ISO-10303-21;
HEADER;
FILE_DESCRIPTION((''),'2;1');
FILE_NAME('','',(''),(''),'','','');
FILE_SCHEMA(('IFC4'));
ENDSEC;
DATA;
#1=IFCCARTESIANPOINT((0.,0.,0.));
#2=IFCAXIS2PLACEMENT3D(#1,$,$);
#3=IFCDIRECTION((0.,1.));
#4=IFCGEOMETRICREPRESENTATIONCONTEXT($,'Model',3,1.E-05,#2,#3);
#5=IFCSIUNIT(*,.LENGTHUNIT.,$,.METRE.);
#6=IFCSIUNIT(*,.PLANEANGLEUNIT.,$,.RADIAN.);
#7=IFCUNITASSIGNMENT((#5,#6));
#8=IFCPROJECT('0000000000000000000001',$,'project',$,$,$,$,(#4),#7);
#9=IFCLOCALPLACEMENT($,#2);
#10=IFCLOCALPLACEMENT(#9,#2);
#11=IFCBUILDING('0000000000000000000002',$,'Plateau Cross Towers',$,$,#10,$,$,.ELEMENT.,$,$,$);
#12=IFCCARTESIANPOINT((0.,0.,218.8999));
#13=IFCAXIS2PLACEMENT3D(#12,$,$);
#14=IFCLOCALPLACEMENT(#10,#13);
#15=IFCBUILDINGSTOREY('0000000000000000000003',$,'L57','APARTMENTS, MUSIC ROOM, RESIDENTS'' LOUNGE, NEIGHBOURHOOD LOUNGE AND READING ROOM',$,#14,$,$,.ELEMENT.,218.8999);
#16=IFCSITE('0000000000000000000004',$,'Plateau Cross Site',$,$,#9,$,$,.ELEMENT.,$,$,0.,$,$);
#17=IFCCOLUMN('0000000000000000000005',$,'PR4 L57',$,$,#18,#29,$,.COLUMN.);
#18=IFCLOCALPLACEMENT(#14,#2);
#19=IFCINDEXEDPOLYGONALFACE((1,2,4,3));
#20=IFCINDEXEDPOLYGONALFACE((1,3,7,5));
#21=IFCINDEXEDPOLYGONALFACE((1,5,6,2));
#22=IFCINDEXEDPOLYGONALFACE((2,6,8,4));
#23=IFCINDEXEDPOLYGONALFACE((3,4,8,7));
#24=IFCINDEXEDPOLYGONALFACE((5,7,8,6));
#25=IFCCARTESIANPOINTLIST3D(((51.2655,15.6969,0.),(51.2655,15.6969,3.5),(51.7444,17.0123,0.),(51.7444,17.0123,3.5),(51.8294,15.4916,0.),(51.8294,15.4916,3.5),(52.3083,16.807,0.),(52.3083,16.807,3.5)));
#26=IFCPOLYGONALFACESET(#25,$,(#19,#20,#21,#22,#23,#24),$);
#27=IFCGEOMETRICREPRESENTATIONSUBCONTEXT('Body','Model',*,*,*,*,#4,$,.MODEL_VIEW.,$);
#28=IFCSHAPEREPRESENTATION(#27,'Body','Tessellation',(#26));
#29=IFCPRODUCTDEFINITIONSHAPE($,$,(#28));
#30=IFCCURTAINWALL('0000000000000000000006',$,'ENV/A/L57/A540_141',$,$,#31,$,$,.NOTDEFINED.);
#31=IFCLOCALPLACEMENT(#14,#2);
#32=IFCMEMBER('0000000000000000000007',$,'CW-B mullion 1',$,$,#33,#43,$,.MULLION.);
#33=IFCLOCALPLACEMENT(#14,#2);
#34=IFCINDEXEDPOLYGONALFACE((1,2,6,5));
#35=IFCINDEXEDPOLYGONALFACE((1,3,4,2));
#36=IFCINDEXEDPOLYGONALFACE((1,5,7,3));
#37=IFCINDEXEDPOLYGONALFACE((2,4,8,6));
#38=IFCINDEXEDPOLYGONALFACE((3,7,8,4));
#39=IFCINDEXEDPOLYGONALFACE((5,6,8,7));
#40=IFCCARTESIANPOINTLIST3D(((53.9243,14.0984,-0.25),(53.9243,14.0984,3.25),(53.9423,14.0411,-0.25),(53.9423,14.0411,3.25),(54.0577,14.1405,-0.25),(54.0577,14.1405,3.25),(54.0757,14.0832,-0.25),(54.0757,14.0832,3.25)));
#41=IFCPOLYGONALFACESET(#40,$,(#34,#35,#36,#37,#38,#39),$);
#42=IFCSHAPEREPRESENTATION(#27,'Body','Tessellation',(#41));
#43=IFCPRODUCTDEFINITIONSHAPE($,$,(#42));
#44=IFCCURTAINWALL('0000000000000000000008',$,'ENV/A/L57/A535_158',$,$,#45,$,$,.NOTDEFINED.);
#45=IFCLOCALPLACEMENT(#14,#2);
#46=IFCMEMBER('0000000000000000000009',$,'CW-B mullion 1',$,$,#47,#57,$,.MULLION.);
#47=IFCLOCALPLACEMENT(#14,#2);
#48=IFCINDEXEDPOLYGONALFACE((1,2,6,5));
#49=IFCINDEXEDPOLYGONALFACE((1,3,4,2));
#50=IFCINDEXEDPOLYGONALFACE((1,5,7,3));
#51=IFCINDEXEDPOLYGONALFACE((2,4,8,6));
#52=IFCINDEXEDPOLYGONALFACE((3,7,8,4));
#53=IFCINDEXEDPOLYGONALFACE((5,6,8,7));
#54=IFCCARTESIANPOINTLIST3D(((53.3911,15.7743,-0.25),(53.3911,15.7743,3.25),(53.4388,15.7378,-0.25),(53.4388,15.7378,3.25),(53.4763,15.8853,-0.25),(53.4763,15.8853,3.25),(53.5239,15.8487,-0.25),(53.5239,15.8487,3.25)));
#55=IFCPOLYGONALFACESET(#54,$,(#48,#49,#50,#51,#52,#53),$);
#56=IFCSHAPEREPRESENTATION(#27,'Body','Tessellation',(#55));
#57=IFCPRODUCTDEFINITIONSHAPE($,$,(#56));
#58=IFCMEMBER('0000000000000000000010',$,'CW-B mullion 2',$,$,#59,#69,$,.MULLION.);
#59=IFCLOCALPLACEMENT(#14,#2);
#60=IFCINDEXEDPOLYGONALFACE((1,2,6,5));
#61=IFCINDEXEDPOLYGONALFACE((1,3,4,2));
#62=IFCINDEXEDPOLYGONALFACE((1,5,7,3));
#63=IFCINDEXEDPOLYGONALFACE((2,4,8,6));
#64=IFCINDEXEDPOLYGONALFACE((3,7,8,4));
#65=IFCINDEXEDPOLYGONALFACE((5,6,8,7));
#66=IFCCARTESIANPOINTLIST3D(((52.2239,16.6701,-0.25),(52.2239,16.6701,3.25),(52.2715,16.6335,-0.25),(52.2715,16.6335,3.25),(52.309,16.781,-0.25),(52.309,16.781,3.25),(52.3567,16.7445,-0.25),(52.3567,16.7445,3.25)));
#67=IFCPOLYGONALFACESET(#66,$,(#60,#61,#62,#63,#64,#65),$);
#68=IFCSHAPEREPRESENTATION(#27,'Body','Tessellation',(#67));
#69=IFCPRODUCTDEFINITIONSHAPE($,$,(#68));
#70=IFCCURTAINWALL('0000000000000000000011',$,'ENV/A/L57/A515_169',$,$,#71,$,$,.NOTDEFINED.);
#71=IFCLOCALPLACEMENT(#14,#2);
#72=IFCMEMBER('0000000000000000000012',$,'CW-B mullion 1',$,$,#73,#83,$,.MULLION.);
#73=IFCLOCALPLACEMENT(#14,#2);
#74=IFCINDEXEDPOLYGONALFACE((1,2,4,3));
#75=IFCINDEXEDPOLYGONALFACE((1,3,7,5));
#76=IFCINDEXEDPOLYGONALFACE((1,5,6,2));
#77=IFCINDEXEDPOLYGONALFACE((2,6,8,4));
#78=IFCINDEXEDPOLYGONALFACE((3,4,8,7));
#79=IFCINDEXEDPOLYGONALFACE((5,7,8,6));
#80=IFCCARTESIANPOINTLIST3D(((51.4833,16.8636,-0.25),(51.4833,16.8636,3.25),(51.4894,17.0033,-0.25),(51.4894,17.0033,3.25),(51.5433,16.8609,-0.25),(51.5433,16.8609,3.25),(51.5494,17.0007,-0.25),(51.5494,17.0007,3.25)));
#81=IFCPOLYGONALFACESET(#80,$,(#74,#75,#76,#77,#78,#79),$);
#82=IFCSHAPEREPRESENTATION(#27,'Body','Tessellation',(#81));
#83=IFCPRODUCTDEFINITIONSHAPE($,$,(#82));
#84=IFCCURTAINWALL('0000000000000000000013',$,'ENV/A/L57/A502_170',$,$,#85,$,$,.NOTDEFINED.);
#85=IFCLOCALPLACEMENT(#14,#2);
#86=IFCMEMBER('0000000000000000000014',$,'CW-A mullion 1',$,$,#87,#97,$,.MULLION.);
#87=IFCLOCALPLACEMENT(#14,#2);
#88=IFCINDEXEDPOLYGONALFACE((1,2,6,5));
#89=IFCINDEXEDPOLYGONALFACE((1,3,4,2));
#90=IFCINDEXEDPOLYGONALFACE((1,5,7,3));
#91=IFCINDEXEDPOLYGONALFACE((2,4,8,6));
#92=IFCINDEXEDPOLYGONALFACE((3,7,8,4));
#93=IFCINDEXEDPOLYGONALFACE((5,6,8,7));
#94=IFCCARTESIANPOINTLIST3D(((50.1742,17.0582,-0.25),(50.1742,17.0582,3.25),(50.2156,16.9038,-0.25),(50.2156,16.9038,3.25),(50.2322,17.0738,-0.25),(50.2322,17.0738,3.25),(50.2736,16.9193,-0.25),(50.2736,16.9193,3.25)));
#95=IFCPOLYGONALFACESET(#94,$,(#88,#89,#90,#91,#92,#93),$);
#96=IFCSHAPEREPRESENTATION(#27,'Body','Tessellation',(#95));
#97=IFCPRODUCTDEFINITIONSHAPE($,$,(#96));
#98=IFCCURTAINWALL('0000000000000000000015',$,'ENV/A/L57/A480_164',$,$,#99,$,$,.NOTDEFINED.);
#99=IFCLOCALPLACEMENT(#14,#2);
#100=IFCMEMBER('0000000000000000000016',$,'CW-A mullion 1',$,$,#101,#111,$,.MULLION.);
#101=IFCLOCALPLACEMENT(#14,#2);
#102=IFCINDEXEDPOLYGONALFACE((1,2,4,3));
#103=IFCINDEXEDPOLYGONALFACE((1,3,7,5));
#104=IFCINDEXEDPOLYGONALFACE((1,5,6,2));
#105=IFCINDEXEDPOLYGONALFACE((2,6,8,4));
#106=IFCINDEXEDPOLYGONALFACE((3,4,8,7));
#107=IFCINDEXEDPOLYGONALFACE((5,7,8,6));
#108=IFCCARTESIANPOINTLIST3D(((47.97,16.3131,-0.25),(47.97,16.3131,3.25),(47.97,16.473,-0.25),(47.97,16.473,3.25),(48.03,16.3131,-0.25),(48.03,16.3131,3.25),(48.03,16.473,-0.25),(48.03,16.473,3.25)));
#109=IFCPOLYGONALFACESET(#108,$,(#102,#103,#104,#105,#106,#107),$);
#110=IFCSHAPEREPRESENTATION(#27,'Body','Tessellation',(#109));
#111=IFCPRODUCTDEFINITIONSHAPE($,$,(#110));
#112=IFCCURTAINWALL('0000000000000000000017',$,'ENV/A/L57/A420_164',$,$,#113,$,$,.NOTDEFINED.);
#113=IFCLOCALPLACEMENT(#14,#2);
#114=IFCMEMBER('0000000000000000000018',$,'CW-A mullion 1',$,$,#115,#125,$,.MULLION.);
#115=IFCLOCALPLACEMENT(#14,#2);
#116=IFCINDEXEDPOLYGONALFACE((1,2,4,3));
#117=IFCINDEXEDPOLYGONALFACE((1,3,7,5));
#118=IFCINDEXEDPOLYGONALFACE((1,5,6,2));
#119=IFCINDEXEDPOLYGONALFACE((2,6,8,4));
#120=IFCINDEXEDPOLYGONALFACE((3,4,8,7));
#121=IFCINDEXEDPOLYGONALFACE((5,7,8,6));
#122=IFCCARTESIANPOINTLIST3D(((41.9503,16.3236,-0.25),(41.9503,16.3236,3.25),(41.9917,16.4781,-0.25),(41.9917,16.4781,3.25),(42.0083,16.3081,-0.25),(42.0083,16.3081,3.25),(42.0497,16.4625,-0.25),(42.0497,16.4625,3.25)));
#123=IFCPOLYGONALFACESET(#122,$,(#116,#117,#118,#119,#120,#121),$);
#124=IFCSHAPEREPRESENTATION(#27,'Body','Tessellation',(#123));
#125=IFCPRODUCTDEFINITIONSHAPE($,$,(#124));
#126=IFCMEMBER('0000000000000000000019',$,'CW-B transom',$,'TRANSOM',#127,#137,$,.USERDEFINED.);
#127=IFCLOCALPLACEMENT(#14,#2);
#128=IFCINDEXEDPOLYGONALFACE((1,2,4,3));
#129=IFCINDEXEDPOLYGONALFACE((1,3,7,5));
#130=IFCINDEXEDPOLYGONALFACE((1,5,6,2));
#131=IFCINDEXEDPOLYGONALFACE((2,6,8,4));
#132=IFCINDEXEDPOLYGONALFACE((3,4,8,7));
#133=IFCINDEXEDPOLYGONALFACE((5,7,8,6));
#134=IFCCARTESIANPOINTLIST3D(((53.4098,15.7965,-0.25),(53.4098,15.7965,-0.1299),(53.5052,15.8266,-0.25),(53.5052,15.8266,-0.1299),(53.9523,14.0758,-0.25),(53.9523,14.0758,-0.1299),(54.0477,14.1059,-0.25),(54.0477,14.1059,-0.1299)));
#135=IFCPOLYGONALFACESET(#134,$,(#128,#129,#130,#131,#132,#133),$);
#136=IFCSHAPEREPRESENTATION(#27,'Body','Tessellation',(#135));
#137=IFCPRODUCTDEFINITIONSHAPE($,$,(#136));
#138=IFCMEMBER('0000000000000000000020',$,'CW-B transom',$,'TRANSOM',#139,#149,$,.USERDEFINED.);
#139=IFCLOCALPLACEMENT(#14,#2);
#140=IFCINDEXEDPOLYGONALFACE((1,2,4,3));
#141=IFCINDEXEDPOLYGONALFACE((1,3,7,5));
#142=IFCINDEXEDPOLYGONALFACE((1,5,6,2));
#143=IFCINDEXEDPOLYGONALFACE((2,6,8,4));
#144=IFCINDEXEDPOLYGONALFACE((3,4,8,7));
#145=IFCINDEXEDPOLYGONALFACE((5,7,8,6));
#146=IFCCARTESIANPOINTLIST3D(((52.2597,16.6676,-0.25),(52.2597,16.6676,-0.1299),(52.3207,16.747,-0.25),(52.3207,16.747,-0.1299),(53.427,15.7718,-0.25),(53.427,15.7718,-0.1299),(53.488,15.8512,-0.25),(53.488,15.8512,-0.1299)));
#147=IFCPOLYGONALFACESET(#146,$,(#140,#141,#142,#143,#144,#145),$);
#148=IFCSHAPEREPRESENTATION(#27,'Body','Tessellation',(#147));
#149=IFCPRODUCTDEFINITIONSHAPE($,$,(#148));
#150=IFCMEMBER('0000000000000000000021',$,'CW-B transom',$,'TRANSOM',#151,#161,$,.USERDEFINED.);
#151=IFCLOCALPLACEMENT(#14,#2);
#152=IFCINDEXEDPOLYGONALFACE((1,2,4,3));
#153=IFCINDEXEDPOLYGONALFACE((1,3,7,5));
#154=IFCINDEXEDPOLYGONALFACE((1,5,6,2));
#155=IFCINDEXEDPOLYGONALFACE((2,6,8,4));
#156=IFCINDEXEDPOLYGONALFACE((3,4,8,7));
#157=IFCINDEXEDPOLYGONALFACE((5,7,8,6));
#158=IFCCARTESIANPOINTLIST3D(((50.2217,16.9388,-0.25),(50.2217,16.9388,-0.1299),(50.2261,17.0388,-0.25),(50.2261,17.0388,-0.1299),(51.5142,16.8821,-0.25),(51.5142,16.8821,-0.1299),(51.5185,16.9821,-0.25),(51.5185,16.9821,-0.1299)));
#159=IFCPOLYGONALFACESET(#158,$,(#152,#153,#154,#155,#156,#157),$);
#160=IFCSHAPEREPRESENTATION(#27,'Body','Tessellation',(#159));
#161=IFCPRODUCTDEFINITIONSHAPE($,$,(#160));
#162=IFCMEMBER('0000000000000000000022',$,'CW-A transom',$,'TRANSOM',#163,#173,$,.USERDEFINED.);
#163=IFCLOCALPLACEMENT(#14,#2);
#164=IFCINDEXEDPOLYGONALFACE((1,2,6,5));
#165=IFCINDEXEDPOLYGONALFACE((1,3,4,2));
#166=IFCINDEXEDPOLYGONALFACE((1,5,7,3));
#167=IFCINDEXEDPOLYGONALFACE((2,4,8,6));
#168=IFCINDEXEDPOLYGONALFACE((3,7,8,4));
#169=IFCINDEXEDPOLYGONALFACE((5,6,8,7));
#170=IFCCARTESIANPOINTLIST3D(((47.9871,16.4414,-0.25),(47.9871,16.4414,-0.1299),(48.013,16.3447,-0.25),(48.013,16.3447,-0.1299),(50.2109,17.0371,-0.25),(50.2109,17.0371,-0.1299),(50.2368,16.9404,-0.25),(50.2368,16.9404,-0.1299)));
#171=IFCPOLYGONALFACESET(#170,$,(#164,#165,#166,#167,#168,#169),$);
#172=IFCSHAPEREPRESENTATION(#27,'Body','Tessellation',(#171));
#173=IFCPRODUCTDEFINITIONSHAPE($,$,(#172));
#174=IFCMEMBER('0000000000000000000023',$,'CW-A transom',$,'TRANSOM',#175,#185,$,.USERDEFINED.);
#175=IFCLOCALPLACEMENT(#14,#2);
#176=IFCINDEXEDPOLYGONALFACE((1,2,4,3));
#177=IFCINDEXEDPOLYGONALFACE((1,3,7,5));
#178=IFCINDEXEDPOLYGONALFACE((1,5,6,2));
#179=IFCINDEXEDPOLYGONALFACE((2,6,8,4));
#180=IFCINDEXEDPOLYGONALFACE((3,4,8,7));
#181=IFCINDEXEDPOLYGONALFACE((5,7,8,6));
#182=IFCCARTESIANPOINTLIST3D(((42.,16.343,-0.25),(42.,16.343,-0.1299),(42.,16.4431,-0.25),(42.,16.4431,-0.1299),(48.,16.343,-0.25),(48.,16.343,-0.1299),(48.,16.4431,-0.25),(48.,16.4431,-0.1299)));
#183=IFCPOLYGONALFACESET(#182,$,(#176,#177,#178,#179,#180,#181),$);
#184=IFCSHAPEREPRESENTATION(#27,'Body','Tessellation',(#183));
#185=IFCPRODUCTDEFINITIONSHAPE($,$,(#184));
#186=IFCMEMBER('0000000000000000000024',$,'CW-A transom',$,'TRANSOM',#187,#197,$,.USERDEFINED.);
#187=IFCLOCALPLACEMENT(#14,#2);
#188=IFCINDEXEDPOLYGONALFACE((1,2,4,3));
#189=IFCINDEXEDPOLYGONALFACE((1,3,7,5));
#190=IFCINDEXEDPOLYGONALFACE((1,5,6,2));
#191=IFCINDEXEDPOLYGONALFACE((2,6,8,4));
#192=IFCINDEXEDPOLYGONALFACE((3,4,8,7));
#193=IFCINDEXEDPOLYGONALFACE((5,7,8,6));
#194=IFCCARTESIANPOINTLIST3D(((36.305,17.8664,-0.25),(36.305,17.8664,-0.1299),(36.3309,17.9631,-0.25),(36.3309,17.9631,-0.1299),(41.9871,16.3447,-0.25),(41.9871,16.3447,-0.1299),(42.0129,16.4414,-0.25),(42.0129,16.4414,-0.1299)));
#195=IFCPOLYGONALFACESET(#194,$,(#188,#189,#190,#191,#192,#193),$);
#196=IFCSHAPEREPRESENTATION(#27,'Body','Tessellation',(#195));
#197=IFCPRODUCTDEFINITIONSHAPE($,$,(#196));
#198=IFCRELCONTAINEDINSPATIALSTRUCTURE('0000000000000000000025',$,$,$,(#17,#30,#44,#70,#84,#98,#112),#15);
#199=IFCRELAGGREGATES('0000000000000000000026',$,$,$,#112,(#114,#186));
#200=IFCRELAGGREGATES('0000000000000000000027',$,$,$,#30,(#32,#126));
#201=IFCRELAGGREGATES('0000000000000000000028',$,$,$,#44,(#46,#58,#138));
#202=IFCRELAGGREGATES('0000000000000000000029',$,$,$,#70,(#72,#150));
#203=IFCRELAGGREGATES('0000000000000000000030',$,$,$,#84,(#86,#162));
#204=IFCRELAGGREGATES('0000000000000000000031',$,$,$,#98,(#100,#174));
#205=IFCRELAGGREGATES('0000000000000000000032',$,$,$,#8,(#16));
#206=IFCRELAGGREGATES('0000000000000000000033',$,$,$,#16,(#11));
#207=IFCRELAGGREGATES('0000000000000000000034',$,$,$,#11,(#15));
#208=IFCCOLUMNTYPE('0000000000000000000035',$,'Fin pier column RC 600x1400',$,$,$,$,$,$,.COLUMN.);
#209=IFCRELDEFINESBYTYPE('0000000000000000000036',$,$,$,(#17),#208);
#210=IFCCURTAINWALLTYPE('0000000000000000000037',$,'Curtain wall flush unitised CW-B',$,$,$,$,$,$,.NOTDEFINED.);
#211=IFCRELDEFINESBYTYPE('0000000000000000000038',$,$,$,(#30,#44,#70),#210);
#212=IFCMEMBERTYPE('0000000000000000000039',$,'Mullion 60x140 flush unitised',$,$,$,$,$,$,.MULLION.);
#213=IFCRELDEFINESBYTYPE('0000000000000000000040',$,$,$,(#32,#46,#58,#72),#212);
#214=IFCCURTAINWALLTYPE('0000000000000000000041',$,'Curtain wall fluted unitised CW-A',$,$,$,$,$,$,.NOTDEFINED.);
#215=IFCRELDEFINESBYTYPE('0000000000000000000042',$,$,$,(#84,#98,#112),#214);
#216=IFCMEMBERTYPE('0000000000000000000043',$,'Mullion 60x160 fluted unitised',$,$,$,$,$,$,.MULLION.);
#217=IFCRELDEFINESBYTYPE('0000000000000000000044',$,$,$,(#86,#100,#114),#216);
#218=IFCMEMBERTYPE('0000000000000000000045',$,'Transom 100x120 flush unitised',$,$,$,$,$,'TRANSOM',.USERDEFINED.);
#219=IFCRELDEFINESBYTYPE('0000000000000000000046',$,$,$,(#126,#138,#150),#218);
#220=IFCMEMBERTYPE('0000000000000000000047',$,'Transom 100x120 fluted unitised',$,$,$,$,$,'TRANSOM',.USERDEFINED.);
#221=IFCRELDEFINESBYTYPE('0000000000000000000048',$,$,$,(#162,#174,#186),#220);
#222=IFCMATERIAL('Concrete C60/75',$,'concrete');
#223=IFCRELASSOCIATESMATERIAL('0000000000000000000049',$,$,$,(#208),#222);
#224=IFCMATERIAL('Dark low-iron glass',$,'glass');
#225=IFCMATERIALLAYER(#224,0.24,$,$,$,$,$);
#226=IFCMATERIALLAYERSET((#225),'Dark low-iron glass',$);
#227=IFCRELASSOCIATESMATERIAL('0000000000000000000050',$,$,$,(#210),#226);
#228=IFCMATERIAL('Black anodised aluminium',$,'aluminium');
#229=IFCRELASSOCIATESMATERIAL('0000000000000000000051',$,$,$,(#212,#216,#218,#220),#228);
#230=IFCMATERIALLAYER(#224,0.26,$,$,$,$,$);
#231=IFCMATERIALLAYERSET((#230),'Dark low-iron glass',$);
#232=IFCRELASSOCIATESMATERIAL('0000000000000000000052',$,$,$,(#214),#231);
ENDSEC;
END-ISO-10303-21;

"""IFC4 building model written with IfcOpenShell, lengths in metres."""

from ifc_helpers import new_model, si_unit, direction, frame, origin, origin_2d, place, context, subcontext, project, spatial, rectangle, extrude, material, layer, layer_set, material_profile, profile_set, type_object, element, aggregate, save


model = new_model("IFC4")

# Units and contexts
model_context = context("Model", 3, precision=1e-05, world=origin(), true_north=direction((0.0, 1.0)))
body_context = subcontext(model_context, "Body", "Model", "MODEL_VIEW")
ifc_project = project(units=[si_unit("LENGTHUNIT", "METRE"), si_unit("PLANEANGLEUNIT", "RADIAN")], contexts=[model_context])

# Site, building, storey
site_placement = place(None, origin())
site = spatial("IfcSite", under=ifc_project, at=site_placement, Name="Plateau Cross Site", CompositionType="ELEMENT", RefElevation=0.0)
building_placement = place(site_placement, origin())
building = spatial("IfcBuilding", under=site, at=building_placement, Name="Plateau Cross Towers", CompositionType="ELEMENT")
storey_placement = place(building_placement, frame((0.0, 0.0, 218.8999)))
storey = spatial("IfcBuildingStorey", under=building, at=storey_placement, Name="L57", Description="APARTMENTS, MUSIC ROOM, RESIDENTS' LOUNGE, NEIGHBOURHOOD LOUNGE AND READING ROOM", CompositionType="ELEMENT", Elevation=218.8999)

# Column
ifc_material_1 = material(Name="Concrete C60/75", Category="concrete")
ifc_material_profile_1 = material_profile(ifc_material_1, rectangle(XDim=0.6001, YDim=1.3999, at=origin_2d()), Name="RC 600x1400")
ifc_profile_set_1 = profile_set([ifc_material_profile_1], Name="Concrete C60/75")
column_type = type_object("IfcColumnType", Name="Fin pier column RC 600x1400", PredefinedType="COLUMN", material=ifc_profile_set_1)
column_placement = place(storey_placement, frame((51.7869, 16.252, 0.0), z_axis=(0.0, 0.0, 1.0), x_axis=(-0.939664, 0.342098, 0.0)))
element("IfcColumn", 1, at=column_placement, inside=storey, type_object=column_type, Name="PR4 L57", PredefinedType="COLUMN", context=body_context, shape_type="SweptSolid", body=[
    extrude(rectangle(XDim=0.6001, YDim=1.3999, at=origin_2d()), origin(), (0.0, 0.0, 1.0), 3.5),
])

# Curtain wall, member
ifc_material_2 = material(Name="Dark low-iron glass", Category="glass")
ifc_layer_1 = layer(ifc_material_2, 0.24)
ifc_layer_set_1 = layer_set([ifc_layer_1], Name="Dark low-iron glass")
curtain_wall_type_1 = type_object("IfcCurtainWallType", Name="Curtain wall flush unitised CW-B", PredefinedType="NOTDEFINED", material=ifc_layer_set_1)
curtain_wall_1_placement = place(storey_placement, origin())
curtain_wall_1 = element("IfcCurtainWall", 2, at=curtain_wall_1_placement, inside=storey, type_object=curtain_wall_type_1, Name="ENV/A/L57/A540_141", PredefinedType="NOTDEFINED")
ifc_material_3 = material(Name="Black anodised aluminium", Category="aluminium")
ifc_material_profile_2 = material_profile(ifc_material_3, rectangle(XDim=0.0601, YDim=0.1399, at=origin_2d()), Name="MULLION 60x140")
ifc_profile_set_2 = profile_set([ifc_material_profile_2], Name="Black anodised aluminium")
member_type_1 = type_object("IfcMemberType", Name="Mullion 60x140 flush unitised", PredefinedType="MULLION", material=ifc_profile_set_2)
member_1_placement = place(storey_placement, frame((54.0, 14.0908, -0.25), z_axis=(0.0, 0.0, 1.0), x_axis=(-0.300686, 0.953723, 0.0)))
member_1 = element("IfcMember", 3, at=member_1_placement, type_object=member_type_1, Name="CW-B mullion 1", PredefinedType="MULLION", context=body_context, shape_type="SweptSolid", body=[
    extrude(rectangle(XDim=0.0601, YDim=0.1399, at=origin_2d()), origin(), (0.0, 0.0, 1.0), 3.5),
])

# Curtain wall, members
curtain_wall_2_placement = place(storey_placement, origin())
curtain_wall_2 = element("IfcCurtainWall", 4, at=curtain_wall_2_placement, inside=storey, type_object=curtain_wall_type_1, Name="ENV/A/L57/A535_158", PredefinedType="NOTDEFINED")
member_2_placement = place(storey_placement, frame((53.4575, 15.8115, -0.25), z_axis=(0.0, 0.0, 1.0), x_axis=(-0.793316, 0.608811, 0.0)))
member_2 = element("IfcMember", 5, at=member_2_placement, type_object=member_type_1, Name="CW-B mullion 1", PredefinedType="MULLION", context=body_context, shape_type="SweptSolid", body=[
    extrude(rectangle(XDim=0.0601, YDim=0.1399, at=origin_2d()), origin(), (0.0, 0.0, 1.0), 3.5),
])
member_3_placement = place(storey_placement, frame((52.2903, 16.7073, -0.25), z_axis=(0.0, 0.0, 1.0), x_axis=(-0.793316, 0.608811, 0.0)))
member_3 = element("IfcMember", 6, at=member_3_placement, type_object=member_type_1, Name="CW-B mullion 2", PredefinedType="MULLION", context=body_context, shape_type="SweptSolid", body=[
    extrude(rectangle(XDim=0.0601, YDim=0.1399, at=origin_2d()), origin(), (0.0, 0.0, 1.0), 3.5),
])

# Curtain walls, members
curtain_wall_3_placement = place(storey_placement, origin())
curtain_wall_3 = element("IfcCurtainWall", 7, at=curtain_wall_3_placement, inside=storey, type_object=curtain_wall_type_1, Name="ENV/A/L57/A515_169", PredefinedType="NOTDEFINED")
member_4_placement = place(storey_placement, frame((51.5164, 16.9321, -0.25), z_axis=(0.0, 0.0, 1.0), x_axis=(-0.999044, 0.043723, 0.0)))
member_4 = element("IfcMember", 8, at=member_4_placement, type_object=member_type_1, Name="CW-B mullion 1", PredefinedType="MULLION", context=body_context, shape_type="SweptSolid", body=[
    extrude(rectangle(XDim=0.0601, YDim=0.1399, at=origin_2d()), origin(), (0.0, 0.0, 1.0), 3.5),
])
ifc_layer_2 = layer(ifc_material_2, 0.26)
ifc_layer_set_2 = layer_set([ifc_layer_2], Name="Dark low-iron glass")
curtain_wall_type_2 = type_object("IfcCurtainWallType", Name="Curtain wall fluted unitised CW-A", PredefinedType="NOTDEFINED", material=ifc_layer_set_2)
curtain_wall_4_placement = place(storey_placement, origin())
curtain_wall_4 = element("IfcCurtainWall", 9, at=curtain_wall_4_placement, inside=storey, type_object=curtain_wall_type_2, Name="ENV/A/L57/A502_170", PredefinedType="NOTDEFINED")
ifc_material_profile_3 = material_profile(ifc_material_3, rectangle(XDim=0.0601, YDim=0.1599, at=origin_2d()), Name="MULLION 60x160")
ifc_profile_set_3 = profile_set([ifc_material_profile_3], Name="Black anodised aluminium")
member_type_2 = type_object("IfcMemberType", Name="Mullion 60x160 fluted unitised", PredefinedType="MULLION", material=ifc_profile_set_3)
member_5_placement = place(storey_placement, frame((50.2239, 16.9888, -0.25), z_axis=(0.0, 0.0, 1.0), x_axis=(-0.965958, -0.258699, 0.0)))
member_5 = element("IfcMember", 10, at=member_5_placement, type_object=member_type_2, Name="CW-A mullion 1", PredefinedType="MULLION", context=body_context, shape_type="SweptSolid", body=[
    extrude(rectangle(XDim=0.0601, YDim=0.1599, at=origin_2d()), origin(), (0.0, 0.0, 1.0), 3.5),
])
curtain_wall_5_placement = place(storey_placement, origin())
curtain_wall_5 = element("IfcCurtainWall", 11, at=curtain_wall_5_placement, inside=storey, type_object=curtain_wall_type_2, Name="ENV/A/L57/A480_164", PredefinedType="NOTDEFINED")
member_6_placement = place(storey_placement, frame((48.0, 16.3931, -0.25), z_axis=(0.0, 0.0, 1.0), x_axis=(-1.0, 0.0, 0.0)))
member_6 = element("IfcMember", 12, at=member_6_placement, type_object=member_type_2, Name="CW-A mullion 1", PredefinedType="MULLION", context=body_context, shape_type="SweptSolid", body=[
    extrude(rectangle(XDim=0.0601, YDim=0.1599, at=origin_2d()), origin(), (0.0, 0.0, 1.0), 3.5),
])
curtain_wall_6_placement = place(storey_placement, origin())
curtain_wall_6 = element("IfcCurtainWall", 13, at=curtain_wall_6_placement, inside=storey, type_object=curtain_wall_type_2, Name="ENV/A/L57/A420_164", PredefinedType="NOTDEFINED")
member_7_placement = place(storey_placement, frame((42.0, 16.3931, -0.25), z_axis=(0.0, 0.0, 1.0), x_axis=(-0.965958, 0.258699, 0.0)))
member_7 = element("IfcMember", 14, at=member_7_placement, type_object=member_type_2, Name="CW-A mullion 1", PredefinedType="MULLION", context=body_context, shape_type="SweptSolid", body=[
    extrude(rectangle(XDim=0.0601, YDim=0.1599, at=origin_2d()), origin(), (0.0, 0.0, 1.0), 3.5),
])

# Members
ifc_material_profile_4 = material_profile(ifc_material_3, rectangle(XDim=0.1001, YDim=0.1201, at=origin_2d()), Name="TRANSOM 100x120")
ifc_profile_set_4 = profile_set([ifc_material_profile_4], Name="Black anodised aluminium")
member_type_3 = type_object("IfcMemberType", Name="Transom 100x120 flush unitised", ElementType="TRANSOM", PredefinedType="USERDEFINED", material=ifc_profile_set_4)
member_8_placement = place(storey_placement, frame((54.0, 14.0908, -0.1899), z_axis=(-0.300678, 0.953726, 0.0), x_axis=(-0.953726, -0.300678, 0.0)))
member_8 = element("IfcMember", 15, at=member_8_placement, type_object=member_type_3, Name="CW-B transom", ObjectType="TRANSOM", PredefinedType="USERDEFINED", context=body_context, shape_type="SweptSolid", body=[
    extrude(rectangle(XDim=0.1001, YDim=0.1201, at=origin_2d()), origin(), (0.0, 0.0, 1.0), 1.8042),
])
member_9_placement = place(storey_placement, frame((53.4575, 15.8115, -0.1899), z_axis=(-0.793321, 0.608804, 0.0), x_axis=(-0.608804, -0.793321, 0.0)))
member_9 = element("IfcMember", 16, at=member_9_placement, type_object=member_type_3, Name="CW-B transom", ObjectType="TRANSOM", PredefinedType="USERDEFINED", context=body_context, shape_type="SweptSolid", body=[
    extrude(rectangle(XDim=0.1001, YDim=0.1201, at=origin_2d()), origin(), (0.0, 0.0, 1.0), 1.4714),
])
member_10_placement = place(storey_placement, frame((51.5164, 16.9321, -0.1899), z_axis=(-0.999041, 0.043781, 0.0), x_axis=(-0.043781, -0.999041, 0.0)))
member_10 = element("IfcMember", 17, at=member_10_placement, type_object=member_type_3, Name="CW-B transom", ObjectType="TRANSOM", PredefinedType="USERDEFINED", context=body_context, shape_type="SweptSolid", body=[
    extrude(rectangle(XDim=0.1001, YDim=0.1201, at=origin_2d()), origin(), (0.0, 0.0, 1.0), 1.2937),
])
ifc_material_profile_5 = material_profile(ifc_material_3, rectangle(XDim=0.1001, YDim=0.1201, at=origin_2d()), Name="TRANSOM 100x120")
ifc_profile_set_5 = profile_set([ifc_material_profile_5], Name="Black anodised aluminium")
member_type_4 = type_object("IfcMemberType", Name="Transom 100x120 fluted unitised", ElementType="TRANSOM", PredefinedType="USERDEFINED", material=ifc_profile_set_5)
member_11_placement = place(storey_placement, frame((50.2239, 16.9888, -0.1899), z_axis=(-0.965946, -0.258745, 0.0), x_axis=(0.258745, -0.965946, 0.0)))
member_11 = element("IfcMember", 18, at=member_11_placement, type_object=member_type_4, Name="CW-A transom", ObjectType="TRANSOM", PredefinedType="USERDEFINED", context=body_context, shape_type="SweptSolid", body=[
    extrude(rectangle(XDim=0.1001, YDim=0.1201, at=origin_2d()), origin(), (0.0, 0.0, 1.0), 2.3022),
])
member_12_placement = place(storey_placement, frame((48.0, 16.3931, -0.1899), z_axis=(-1.0, 0.0, 0.0), x_axis=(0.0, -1.0, 0.0)))
member_12 = element("IfcMember", 19, at=member_12_placement, type_object=member_type_4, Name="CW-A transom", ObjectType="TRANSOM", PredefinedType="USERDEFINED", context=body_context, shape_type="SweptSolid", body=[
    extrude(rectangle(XDim=0.1001, YDim=0.1201, at=origin_2d()), origin(), (0.0, 0.0, 1.0), 6.0),
])
member_13_placement = place(storey_placement, frame((42.0, 16.3931, -0.1899), z_axis=(-0.96596, 0.258693, 0.0), x_axis=(-0.258693, -0.96596, 0.0)))
member_13 = element("IfcMember", 20, at=member_13_placement, type_object=member_type_4, Name="CW-A transom", ObjectType="TRANSOM", PredefinedType="USERDEFINED", context=body_context, shape_type="SweptSolid", body=[
    extrude(rectangle(XDim=0.1001, YDim=0.1201, at=origin_2d()), origin(), (0.0, 0.0, 1.0), 5.8823),
])
aggregate(curtain_wall_6, [member_7, member_13])

aggregate(curtain_wall_1, [member_1, member_8])
aggregate(curtain_wall_2, [member_2, member_3, member_9])
aggregate(curtain_wall_3, [member_4, member_10])
aggregate(curtain_wall_4, [member_5, member_11])
aggregate(curtain_wall_5, [member_6, member_12])

save(model, "model.ifc")
